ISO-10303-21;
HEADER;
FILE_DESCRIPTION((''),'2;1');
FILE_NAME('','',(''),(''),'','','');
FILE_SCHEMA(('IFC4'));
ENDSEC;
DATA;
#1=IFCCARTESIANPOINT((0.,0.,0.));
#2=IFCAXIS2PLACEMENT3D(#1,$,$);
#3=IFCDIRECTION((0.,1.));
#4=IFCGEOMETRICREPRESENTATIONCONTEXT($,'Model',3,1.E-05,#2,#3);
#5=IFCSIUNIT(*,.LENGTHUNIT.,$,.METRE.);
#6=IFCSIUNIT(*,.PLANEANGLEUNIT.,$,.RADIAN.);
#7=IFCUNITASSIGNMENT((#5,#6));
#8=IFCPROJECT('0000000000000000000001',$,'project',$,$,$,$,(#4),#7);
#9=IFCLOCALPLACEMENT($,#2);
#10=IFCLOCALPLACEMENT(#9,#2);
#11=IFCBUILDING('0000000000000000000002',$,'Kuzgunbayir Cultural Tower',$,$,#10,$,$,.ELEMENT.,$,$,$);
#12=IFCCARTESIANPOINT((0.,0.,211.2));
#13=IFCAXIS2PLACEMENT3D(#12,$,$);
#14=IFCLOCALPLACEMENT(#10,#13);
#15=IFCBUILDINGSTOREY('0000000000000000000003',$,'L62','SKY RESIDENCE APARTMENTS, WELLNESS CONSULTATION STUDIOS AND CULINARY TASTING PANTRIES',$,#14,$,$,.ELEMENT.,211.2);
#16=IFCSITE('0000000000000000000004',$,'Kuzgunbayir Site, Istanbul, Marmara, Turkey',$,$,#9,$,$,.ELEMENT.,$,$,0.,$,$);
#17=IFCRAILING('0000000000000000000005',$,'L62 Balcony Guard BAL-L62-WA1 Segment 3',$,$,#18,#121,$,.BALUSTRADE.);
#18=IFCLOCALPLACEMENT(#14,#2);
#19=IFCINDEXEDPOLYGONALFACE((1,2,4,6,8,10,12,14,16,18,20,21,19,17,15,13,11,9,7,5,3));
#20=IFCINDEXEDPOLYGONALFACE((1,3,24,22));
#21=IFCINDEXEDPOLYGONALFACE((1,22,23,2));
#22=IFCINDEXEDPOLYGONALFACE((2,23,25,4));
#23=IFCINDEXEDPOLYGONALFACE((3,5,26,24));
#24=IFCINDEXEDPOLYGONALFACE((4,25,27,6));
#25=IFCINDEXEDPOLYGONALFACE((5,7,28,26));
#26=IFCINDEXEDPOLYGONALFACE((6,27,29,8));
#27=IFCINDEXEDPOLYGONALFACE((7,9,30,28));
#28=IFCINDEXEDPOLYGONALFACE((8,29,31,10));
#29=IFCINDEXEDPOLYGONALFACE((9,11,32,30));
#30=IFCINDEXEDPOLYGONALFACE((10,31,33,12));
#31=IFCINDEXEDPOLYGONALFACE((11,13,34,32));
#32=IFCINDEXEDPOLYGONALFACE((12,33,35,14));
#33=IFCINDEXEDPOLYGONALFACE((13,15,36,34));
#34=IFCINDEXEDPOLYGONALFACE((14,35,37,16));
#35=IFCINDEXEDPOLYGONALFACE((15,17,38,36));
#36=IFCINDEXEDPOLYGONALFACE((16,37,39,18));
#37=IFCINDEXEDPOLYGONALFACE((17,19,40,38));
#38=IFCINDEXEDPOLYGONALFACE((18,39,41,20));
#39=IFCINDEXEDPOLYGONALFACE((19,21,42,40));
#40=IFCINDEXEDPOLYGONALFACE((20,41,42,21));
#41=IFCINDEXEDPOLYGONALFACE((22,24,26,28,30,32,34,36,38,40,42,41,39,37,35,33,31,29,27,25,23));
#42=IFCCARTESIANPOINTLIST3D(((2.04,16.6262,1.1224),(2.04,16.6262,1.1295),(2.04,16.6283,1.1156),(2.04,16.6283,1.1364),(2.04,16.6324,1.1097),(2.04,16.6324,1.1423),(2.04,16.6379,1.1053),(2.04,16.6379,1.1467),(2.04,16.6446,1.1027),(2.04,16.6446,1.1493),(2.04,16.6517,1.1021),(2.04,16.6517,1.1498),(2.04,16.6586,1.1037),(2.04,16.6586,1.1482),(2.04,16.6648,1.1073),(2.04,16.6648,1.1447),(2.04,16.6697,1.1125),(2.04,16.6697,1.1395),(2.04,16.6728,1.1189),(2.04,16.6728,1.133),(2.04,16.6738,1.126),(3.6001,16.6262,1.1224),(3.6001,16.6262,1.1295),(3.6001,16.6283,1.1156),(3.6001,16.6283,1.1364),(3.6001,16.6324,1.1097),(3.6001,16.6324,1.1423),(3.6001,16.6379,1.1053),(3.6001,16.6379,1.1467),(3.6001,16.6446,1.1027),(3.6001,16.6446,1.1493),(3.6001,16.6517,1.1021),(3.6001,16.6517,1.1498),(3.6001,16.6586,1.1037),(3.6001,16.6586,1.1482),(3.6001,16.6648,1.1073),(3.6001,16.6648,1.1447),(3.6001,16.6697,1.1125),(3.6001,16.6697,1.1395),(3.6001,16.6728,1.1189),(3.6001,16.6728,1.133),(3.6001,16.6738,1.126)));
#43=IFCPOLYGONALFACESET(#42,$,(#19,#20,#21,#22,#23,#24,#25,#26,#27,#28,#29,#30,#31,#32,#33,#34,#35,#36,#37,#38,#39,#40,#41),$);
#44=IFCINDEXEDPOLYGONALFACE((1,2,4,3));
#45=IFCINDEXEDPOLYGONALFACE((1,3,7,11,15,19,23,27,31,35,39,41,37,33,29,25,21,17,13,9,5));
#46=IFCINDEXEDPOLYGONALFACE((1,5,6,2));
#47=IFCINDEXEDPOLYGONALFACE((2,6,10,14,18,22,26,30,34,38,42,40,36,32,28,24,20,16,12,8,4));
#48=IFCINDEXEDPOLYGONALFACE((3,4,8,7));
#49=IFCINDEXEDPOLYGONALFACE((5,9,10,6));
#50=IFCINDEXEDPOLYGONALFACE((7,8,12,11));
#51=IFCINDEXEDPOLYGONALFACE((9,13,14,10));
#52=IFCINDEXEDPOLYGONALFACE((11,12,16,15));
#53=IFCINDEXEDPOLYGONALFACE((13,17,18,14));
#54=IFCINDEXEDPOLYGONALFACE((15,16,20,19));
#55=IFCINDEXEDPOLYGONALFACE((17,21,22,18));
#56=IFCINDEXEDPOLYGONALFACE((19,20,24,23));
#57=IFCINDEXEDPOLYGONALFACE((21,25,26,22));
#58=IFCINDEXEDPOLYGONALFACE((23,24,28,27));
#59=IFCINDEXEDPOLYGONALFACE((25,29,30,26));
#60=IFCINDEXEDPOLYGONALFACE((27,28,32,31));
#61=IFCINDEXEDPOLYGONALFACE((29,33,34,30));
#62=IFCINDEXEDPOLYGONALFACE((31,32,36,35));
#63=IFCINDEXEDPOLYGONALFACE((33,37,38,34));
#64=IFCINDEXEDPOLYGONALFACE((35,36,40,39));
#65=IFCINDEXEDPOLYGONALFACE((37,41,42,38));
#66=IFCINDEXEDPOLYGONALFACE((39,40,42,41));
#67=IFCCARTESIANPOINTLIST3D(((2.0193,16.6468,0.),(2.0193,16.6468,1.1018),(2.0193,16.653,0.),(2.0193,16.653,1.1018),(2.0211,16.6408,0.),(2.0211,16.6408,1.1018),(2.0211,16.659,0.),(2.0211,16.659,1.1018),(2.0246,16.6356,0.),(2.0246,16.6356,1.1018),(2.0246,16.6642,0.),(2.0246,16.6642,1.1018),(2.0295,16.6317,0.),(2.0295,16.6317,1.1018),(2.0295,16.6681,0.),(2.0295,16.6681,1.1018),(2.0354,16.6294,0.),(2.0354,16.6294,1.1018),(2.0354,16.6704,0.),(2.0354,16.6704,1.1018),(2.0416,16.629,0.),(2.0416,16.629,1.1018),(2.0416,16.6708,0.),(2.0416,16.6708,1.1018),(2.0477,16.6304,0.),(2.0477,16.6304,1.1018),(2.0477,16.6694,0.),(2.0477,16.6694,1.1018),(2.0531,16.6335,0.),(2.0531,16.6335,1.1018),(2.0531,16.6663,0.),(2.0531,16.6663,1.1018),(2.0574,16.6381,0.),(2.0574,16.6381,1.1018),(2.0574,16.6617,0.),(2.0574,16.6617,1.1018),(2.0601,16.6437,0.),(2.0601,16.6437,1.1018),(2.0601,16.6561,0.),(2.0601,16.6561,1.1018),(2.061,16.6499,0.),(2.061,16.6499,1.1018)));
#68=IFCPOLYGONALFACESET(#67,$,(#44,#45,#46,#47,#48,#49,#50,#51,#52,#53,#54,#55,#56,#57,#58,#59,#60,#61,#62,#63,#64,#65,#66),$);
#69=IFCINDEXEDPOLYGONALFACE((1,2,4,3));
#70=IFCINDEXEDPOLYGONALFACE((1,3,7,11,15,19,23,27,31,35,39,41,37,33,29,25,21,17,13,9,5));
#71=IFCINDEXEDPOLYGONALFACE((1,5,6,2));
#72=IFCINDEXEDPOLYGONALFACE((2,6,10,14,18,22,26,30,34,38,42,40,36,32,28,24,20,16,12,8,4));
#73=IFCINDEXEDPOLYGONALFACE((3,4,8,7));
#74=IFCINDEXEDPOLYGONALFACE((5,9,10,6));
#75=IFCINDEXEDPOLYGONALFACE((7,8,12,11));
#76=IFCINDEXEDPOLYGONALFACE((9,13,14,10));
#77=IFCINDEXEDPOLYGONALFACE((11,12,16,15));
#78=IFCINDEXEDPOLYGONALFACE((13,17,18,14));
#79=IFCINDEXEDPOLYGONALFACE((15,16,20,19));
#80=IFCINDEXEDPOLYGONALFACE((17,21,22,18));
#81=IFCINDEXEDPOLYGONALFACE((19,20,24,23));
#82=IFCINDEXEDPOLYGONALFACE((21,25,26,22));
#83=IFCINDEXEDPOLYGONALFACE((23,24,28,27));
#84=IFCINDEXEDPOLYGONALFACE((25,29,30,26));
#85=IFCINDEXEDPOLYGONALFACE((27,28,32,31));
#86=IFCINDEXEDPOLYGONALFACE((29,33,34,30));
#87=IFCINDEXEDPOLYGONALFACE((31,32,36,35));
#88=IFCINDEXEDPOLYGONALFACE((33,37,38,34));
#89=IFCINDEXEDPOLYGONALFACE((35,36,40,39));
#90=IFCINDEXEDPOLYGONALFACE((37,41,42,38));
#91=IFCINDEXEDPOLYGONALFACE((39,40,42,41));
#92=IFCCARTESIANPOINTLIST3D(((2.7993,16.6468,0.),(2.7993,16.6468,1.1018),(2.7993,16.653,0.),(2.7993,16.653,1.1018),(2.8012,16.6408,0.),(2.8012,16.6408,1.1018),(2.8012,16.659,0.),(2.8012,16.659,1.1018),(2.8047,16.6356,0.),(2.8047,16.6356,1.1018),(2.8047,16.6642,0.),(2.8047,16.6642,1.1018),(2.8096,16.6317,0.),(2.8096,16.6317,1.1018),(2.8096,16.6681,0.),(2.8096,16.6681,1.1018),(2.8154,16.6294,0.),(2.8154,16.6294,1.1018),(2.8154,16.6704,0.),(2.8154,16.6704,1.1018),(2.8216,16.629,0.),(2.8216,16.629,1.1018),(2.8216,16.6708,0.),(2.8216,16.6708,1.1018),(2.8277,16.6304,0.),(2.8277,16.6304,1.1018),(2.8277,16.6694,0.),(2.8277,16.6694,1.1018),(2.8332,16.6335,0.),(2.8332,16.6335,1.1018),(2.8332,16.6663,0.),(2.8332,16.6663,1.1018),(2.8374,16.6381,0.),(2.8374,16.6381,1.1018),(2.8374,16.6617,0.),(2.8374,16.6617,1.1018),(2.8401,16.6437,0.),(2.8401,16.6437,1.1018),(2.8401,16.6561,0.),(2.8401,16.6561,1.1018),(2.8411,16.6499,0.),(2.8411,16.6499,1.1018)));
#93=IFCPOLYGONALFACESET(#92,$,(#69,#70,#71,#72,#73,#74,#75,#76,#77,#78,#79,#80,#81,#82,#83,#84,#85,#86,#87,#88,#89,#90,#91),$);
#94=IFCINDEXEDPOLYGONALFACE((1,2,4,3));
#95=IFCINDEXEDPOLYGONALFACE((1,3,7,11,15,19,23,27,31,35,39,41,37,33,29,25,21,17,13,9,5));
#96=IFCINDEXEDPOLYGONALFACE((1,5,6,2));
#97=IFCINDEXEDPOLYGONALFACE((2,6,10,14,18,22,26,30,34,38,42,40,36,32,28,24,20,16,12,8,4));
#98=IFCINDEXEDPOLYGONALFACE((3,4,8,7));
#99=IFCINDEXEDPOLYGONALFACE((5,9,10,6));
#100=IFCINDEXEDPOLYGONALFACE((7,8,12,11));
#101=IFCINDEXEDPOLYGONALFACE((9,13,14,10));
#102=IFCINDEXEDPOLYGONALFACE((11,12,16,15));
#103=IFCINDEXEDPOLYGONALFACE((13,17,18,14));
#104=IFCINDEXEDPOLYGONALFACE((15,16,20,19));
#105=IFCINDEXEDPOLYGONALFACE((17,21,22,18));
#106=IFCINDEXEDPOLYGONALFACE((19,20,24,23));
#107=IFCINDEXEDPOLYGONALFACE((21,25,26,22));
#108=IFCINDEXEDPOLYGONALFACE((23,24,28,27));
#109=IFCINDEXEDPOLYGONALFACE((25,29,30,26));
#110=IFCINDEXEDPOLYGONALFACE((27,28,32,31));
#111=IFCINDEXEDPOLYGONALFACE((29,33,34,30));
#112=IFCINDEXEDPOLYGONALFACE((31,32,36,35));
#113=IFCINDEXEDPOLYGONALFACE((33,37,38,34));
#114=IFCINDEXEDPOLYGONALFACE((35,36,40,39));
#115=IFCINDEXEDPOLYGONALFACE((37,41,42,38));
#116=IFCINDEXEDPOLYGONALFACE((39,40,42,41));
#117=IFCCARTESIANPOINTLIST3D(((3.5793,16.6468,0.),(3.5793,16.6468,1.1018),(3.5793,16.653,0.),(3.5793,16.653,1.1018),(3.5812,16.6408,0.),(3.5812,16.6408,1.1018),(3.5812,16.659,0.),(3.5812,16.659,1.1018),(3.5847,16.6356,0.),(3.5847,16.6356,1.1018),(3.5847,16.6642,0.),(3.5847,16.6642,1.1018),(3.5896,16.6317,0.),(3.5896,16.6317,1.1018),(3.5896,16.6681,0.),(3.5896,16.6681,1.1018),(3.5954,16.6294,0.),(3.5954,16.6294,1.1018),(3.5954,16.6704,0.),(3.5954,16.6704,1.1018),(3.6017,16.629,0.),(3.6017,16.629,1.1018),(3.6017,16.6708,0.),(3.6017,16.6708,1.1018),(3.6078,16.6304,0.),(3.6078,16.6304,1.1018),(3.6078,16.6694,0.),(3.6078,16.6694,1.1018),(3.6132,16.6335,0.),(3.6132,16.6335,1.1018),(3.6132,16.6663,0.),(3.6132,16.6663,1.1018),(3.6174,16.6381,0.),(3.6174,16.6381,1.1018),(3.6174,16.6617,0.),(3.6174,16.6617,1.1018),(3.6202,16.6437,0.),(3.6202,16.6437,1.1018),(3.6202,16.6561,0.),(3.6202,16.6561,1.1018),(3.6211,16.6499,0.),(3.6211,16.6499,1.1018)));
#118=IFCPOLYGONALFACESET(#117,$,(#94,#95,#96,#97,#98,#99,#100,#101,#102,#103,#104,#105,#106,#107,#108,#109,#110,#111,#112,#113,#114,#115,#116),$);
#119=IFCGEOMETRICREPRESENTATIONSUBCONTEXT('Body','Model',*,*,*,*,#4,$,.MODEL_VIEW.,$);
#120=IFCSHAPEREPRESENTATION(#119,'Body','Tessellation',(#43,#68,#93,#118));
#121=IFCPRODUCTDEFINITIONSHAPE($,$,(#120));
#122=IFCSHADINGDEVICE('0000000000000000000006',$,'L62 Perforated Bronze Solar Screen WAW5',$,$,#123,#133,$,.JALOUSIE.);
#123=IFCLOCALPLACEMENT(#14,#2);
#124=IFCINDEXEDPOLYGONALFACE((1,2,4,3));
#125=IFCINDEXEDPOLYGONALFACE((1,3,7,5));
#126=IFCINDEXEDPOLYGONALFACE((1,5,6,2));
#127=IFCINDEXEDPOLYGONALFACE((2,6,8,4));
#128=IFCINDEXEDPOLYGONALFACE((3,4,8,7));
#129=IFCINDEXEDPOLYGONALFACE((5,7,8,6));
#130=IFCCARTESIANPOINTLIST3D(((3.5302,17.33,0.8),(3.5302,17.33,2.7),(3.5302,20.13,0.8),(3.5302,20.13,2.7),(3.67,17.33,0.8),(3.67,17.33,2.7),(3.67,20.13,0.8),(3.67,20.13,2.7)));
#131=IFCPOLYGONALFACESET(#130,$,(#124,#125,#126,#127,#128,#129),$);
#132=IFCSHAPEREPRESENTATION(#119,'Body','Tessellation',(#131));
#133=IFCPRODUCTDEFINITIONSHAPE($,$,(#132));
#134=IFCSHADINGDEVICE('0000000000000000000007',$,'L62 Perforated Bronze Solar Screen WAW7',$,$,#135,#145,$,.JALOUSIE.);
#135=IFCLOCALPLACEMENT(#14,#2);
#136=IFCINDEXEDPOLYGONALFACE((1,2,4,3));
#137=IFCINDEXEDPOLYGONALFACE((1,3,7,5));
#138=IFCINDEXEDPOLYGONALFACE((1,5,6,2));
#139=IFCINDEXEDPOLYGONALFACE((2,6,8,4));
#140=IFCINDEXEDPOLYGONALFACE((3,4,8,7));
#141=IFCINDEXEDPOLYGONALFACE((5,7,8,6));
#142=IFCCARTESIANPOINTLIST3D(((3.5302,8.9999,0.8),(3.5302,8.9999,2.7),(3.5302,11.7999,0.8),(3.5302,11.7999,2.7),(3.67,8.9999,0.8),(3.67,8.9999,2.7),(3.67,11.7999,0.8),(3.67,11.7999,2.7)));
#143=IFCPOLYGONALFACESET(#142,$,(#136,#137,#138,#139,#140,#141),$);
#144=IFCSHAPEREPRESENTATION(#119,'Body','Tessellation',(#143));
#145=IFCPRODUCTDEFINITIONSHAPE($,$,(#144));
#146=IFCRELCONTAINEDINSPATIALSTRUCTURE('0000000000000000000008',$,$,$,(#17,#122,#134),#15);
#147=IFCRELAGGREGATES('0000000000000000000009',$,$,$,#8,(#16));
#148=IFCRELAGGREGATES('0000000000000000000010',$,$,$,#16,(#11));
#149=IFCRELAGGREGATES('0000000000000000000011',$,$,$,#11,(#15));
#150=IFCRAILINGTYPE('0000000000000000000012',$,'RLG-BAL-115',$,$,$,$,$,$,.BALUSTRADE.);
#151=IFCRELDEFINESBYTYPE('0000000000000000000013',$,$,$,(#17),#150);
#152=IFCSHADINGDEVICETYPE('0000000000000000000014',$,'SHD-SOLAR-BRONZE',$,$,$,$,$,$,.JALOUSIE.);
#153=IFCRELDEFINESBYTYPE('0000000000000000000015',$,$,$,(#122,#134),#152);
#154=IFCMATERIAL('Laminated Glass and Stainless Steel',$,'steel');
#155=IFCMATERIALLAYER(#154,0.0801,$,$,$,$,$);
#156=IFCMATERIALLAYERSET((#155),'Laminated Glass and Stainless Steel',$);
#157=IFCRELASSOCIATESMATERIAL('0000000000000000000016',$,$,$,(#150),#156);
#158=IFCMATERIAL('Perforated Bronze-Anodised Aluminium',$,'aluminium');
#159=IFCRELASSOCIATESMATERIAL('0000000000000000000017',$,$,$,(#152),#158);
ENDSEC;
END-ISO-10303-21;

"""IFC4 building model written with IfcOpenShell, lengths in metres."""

from ifc_helpers import new_model, si_unit, direction, frame, origin, origin_2d, place, context, subcontext, project, spatial, rectangle, circle, extrude, material, layer, layer_set, type_object, element, save


model = new_model("IFC4")

# Units and contexts
model_context = context("Model", 3, precision=1e-05, world=origin(), true_north=direction((0.0, 1.0)))
body_context = subcontext(model_context, "Body", "Model", "MODEL_VIEW")
ifc_project = project(units=[si_unit("LENGTHUNIT", "METRE"), si_unit("PLANEANGLEUNIT", "RADIAN")], contexts=[model_context])

# Site, building, storey
site_placement = place(None, origin())
site = spatial("IfcSite", under=ifc_project, at=site_placement, Name="Kuzgunbayir Site, Istanbul, Marmara, Turkey", CompositionType="ELEMENT", RefElevation=0.0)
building_placement = place(site_placement, origin())
building = spatial("IfcBuilding", under=site, at=building_placement, Name="Kuzgunbayir Cultural Tower", CompositionType="ELEMENT")
storey_placement = place(building_placement, frame((0.0, 0.0, 211.2)))
storey = spatial("IfcBuildingStorey", under=building, at=storey_placement, Name="L62", Description="SKY RESIDENCE APARTMENTS, WELLNESS CONSULTATION STUDIOS AND CULINARY TASTING PANTRIES", CompositionType="ELEMENT", Elevation=211.2)

# Railing
ifc_material_1 = material(Name="Laminated Glass and Stainless Steel", Category="steel")
ifc_layer_1 = layer(ifc_material_1, 0.0801)
ifc_layer_set_1 = layer_set([ifc_layer_1], Name="Laminated Glass and Stainless Steel")
railing_type = type_object("IfcRailingType", Name="RLG-BAL-115", PredefinedType="BALUSTRADE", material=ifc_layer_set_1)
railing_1_placement = place(storey_placement, frame((2.04, 16.6499, 0.0)))
element("IfcRailing", 1, at=railing_1_placement, inside=storey, type_object=railing_type, Name="L62 Balcony Guard BAL-L62-WA1 Segment 3", PredefinedType="BALUSTRADE", context=body_context, shape_type="SweptSolid", body=[
    extrude(circle(Radius=0.0239, at=origin_2d()), frame((0.0, 0.0, 1.126), z_axis=(1.0, 0.0, 0.0), x_axis=(0.0, 1.0, 0.0)), (0.0, 0.0, 1.0), 1.5601),
    extrude(circle(Radius=0.021, at=origin_2d()), origin(), (0.0, 0.0, 1.0), 1.1018),
    extrude(circle(Radius=0.021, at=origin_2d()), frame((0.78, 0.0, 0.0)), (0.0, 0.0, 1.0), 1.1018),
    extrude(circle(Radius=0.021, at=origin_2d()), frame((1.5601, 0.0, 0.0)), (0.0, 0.0, 1.0), 1.1018),
])

# Shading devices
ifc_material_2 = material(Name="Perforated Bronze-Anodised Aluminium", Category="aluminium")
shading_device_type = type_object("IfcShadingDeviceType", Name="SHD-SOLAR-BRONZE", PredefinedType="JALOUSIE", material=ifc_material_2)
for number, where, z_axis, x_axis, name in (
    (2, (3.6001, 18.73, 0.8), (0.0, 0.0, 1.0), (1.0, 0.0, 0.0), "L62 Perforated Bronze Solar Screen WAW5"),
    (3, (3.6001, 10.3999, 0.8), (0.0, 0.0, 1.0), (1.0, 0.0, 0.0), "L62 Perforated Bronze Solar Screen WAW7"),
):
    element("IfcShadingDevice", number, at=place(storey_placement, frame(where, z_axis=z_axis, x_axis=x_axis)), inside=storey, type_object=shading_device_type, Name=name, PredefinedType="JALOUSIE", context=body_context, shape_type="SweptSolid", body=[
        extrude(rectangle(XDim=0.1399, YDim=2.8, at=origin_2d()), origin(), (0.0, 0.0, 1.0), 1.8999),
    ])

save(model, "model.ifc")
